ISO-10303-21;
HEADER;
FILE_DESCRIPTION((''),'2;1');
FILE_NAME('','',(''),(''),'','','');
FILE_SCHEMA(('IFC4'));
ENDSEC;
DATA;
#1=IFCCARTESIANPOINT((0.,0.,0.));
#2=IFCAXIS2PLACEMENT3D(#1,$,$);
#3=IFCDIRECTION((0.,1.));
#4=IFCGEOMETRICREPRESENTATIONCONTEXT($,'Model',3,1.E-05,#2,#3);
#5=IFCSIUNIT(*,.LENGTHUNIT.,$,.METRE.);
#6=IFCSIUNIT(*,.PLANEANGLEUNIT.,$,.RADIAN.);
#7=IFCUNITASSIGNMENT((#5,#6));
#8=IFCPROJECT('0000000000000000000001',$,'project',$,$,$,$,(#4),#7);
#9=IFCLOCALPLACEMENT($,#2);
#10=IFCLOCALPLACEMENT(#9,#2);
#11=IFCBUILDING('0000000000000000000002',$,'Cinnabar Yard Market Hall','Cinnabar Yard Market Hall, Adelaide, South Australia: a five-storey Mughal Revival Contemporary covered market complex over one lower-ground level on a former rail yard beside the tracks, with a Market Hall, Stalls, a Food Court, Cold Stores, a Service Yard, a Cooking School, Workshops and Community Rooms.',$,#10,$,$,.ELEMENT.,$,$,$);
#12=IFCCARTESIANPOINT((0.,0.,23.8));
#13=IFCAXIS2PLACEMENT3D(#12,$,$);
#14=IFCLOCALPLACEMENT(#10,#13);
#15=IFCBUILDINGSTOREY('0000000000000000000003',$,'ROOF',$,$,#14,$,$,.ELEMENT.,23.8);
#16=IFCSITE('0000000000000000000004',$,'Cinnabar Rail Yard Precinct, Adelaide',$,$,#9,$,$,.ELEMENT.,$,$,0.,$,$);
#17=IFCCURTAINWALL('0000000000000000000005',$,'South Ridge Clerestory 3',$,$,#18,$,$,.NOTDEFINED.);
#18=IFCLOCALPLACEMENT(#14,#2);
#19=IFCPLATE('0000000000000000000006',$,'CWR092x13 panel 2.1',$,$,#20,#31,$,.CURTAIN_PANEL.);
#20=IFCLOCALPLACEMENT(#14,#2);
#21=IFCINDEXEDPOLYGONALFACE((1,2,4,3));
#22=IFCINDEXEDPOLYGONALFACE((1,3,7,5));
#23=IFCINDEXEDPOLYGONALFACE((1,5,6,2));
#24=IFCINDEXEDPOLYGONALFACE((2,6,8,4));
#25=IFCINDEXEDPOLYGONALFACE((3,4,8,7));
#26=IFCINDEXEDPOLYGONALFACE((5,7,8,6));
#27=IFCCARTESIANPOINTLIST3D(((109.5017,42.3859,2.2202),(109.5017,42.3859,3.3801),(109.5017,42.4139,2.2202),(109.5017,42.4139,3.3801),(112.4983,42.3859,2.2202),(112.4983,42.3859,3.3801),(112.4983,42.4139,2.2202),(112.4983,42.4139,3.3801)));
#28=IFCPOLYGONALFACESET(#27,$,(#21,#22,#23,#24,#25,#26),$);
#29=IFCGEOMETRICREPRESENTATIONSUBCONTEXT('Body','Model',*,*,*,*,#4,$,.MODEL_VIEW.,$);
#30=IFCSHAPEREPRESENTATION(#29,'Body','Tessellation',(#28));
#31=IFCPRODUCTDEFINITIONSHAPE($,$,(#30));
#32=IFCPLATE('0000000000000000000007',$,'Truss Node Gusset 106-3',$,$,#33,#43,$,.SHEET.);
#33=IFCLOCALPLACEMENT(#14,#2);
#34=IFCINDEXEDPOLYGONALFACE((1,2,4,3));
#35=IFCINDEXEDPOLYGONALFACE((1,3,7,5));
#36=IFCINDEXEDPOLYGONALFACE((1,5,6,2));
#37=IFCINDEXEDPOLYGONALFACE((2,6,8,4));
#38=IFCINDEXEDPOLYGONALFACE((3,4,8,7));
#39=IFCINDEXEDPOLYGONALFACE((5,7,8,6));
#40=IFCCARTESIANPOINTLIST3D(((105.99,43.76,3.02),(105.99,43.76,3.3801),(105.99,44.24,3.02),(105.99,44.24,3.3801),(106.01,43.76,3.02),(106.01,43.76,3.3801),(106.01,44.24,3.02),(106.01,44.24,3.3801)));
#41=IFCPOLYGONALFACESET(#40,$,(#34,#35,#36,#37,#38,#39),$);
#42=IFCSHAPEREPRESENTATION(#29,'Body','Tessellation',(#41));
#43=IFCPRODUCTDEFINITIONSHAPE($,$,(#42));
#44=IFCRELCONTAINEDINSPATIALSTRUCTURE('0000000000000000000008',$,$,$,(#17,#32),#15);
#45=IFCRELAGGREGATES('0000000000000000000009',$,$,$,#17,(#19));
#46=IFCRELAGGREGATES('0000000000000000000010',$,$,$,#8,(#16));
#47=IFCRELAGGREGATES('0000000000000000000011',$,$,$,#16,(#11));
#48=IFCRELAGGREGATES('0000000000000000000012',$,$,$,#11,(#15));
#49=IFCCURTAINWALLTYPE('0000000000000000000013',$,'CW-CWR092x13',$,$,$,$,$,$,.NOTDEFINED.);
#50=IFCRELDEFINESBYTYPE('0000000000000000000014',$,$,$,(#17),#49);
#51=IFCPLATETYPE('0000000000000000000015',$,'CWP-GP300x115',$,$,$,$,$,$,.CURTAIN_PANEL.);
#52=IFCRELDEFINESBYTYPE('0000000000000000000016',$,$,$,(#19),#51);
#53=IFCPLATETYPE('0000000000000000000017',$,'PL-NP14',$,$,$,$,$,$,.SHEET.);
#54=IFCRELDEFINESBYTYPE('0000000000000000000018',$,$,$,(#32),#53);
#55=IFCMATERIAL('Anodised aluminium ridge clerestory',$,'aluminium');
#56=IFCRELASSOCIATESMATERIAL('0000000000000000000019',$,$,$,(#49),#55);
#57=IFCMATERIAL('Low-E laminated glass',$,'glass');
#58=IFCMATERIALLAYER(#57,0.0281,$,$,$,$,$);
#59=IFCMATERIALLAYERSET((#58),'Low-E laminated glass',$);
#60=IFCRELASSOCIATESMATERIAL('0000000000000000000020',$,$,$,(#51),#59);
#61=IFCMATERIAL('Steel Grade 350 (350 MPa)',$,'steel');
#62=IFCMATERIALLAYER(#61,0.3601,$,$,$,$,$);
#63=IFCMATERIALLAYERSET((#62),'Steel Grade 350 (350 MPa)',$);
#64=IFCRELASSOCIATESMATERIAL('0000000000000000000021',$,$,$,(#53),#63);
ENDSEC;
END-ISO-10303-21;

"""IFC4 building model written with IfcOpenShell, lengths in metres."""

from ifc_helpers import new_model, si_unit, direction, frame, origin, origin_2d_with_axis, place, context, subcontext, project, spatial, rectangle, extrude, material, layer, layer_set, type_object, element, aggregate, save


model = new_model("IFC4")

# Units and contexts
model_context = context("Model", 3, precision=1e-05, world=origin(), true_north=direction((0.0, 1.0)))
body_context = subcontext(model_context, "Body", "Model", "MODEL_VIEW")
ifc_project = project(units=[si_unit("LENGTHUNIT", "METRE"), si_unit("PLANEANGLEUNIT", "RADIAN")], contexts=[model_context])

# Site, building, storey
site_placement = place(None, origin())
site = spatial("IfcSite", under=ifc_project, at=site_placement, Name="Cinnabar Rail Yard Precinct, Adelaide", CompositionType="ELEMENT", RefElevation=0.0)
building_placement = place(site_placement, origin())
building = spatial("IfcBuilding", under=site, at=building_placement, Name="Cinnabar Yard Market Hall", Description="Cinnabar Yard Market Hall, Adelaide, South Australia: a five-storey Mughal Revival Contemporary covered market complex over one lower-ground level on a former rail yard beside the tracks, with a Market Hall, Stalls, a Food Court, Cold Stores, a Service Yard, a Cooking School, Workshops and Community Rooms.", CompositionType="ELEMENT")
storey_placement = place(building_placement, frame((0.0, 0.0, 23.8)))
storey = spatial("IfcBuildingStorey", under=building, at=storey_placement, Name="ROOF", CompositionType="ELEMENT", Elevation=23.8)

# Shared definitions
ifc_material_1 = material(Name="Anodised aluminium ridge clerestory", Category="aluminium")
curtain_wall_type = type_object("IfcCurtainWallType", Name="CW-CWR092x13", PredefinedType="NOTDEFINED", material=ifc_material_1)

# Curtain wall
curtain_wall_1_placement = place(storey_placement, origin())
curtain_wall_1 = element("IfcCurtainWall", 1, at=curtain_wall_1_placement, inside=storey, type_object=curtain_wall_type, Name="South Ridge Clerestory 3", PredefinedType="NOTDEFINED")

# Plates
ifc_material_2 = material(Name="Low-E laminated glass", Category="glass")
ifc_layer_1 = layer(ifc_material_2, 0.0281)
ifc_layer_set_1 = layer_set([ifc_layer_1], Name="Low-E laminated glass")
plate_type_1 = type_object("IfcPlateType", Name="CWP-GP300x115", PredefinedType="CURTAIN_PANEL", material=ifc_layer_set_1)
plate_1_placement = place(storey_placement, frame((111.0, 42.3999, 2.2202), z_axis=(0.0, 0.0, 1.0), x_axis=(1.0, 0.0, 0.0)))
plate_1 = element("IfcPlate", 2, at=plate_1_placement, type_object=plate_type_1, Name="CWR092x13 panel 2.1", PredefinedType="CURTAIN_PANEL", context=body_context, shape_type="SweptSolid", body=[
    extrude(rectangle(XDim=2.9966, YDim=0.0281, at=origin_2d_with_axis()), origin(), (0.0, 0.0, 1.0), 1.1599),
])
aggregate(curtain_wall_1, [plate_1])
ifc_material_3 = material(Name="Steel Grade 350 (350 MPa)", Category="steel")
ifc_layer_2 = layer(ifc_material_3, 0.3601)
ifc_layer_set_2 = layer_set([ifc_layer_2], Name="Steel Grade 350 (350 MPa)")
plate_type_2 = type_object("IfcPlateType", Name="PL-NP14", PredefinedType="SHEET", material=ifc_layer_set_2)
plate_2_placement = place(storey_placement, frame((106.0, 44.0, 3.02), z_axis=(0.0, 0.0, 1.0), x_axis=(1.0, 0.0, 0.0)))
element("IfcPlate", 3, at=plate_2_placement, inside=storey, type_object=plate_type_2, Name="Truss Node Gusset 106-3", PredefinedType="SHEET", context=body_context, shape_type="SweptSolid", body=[
    extrude(rectangle(XDim=0.02, YDim=0.48, at=origin_2d_with_axis()), origin(), (0.0, 0.0, 1.0), 0.3601),
])

save(model, "model.ifc")
